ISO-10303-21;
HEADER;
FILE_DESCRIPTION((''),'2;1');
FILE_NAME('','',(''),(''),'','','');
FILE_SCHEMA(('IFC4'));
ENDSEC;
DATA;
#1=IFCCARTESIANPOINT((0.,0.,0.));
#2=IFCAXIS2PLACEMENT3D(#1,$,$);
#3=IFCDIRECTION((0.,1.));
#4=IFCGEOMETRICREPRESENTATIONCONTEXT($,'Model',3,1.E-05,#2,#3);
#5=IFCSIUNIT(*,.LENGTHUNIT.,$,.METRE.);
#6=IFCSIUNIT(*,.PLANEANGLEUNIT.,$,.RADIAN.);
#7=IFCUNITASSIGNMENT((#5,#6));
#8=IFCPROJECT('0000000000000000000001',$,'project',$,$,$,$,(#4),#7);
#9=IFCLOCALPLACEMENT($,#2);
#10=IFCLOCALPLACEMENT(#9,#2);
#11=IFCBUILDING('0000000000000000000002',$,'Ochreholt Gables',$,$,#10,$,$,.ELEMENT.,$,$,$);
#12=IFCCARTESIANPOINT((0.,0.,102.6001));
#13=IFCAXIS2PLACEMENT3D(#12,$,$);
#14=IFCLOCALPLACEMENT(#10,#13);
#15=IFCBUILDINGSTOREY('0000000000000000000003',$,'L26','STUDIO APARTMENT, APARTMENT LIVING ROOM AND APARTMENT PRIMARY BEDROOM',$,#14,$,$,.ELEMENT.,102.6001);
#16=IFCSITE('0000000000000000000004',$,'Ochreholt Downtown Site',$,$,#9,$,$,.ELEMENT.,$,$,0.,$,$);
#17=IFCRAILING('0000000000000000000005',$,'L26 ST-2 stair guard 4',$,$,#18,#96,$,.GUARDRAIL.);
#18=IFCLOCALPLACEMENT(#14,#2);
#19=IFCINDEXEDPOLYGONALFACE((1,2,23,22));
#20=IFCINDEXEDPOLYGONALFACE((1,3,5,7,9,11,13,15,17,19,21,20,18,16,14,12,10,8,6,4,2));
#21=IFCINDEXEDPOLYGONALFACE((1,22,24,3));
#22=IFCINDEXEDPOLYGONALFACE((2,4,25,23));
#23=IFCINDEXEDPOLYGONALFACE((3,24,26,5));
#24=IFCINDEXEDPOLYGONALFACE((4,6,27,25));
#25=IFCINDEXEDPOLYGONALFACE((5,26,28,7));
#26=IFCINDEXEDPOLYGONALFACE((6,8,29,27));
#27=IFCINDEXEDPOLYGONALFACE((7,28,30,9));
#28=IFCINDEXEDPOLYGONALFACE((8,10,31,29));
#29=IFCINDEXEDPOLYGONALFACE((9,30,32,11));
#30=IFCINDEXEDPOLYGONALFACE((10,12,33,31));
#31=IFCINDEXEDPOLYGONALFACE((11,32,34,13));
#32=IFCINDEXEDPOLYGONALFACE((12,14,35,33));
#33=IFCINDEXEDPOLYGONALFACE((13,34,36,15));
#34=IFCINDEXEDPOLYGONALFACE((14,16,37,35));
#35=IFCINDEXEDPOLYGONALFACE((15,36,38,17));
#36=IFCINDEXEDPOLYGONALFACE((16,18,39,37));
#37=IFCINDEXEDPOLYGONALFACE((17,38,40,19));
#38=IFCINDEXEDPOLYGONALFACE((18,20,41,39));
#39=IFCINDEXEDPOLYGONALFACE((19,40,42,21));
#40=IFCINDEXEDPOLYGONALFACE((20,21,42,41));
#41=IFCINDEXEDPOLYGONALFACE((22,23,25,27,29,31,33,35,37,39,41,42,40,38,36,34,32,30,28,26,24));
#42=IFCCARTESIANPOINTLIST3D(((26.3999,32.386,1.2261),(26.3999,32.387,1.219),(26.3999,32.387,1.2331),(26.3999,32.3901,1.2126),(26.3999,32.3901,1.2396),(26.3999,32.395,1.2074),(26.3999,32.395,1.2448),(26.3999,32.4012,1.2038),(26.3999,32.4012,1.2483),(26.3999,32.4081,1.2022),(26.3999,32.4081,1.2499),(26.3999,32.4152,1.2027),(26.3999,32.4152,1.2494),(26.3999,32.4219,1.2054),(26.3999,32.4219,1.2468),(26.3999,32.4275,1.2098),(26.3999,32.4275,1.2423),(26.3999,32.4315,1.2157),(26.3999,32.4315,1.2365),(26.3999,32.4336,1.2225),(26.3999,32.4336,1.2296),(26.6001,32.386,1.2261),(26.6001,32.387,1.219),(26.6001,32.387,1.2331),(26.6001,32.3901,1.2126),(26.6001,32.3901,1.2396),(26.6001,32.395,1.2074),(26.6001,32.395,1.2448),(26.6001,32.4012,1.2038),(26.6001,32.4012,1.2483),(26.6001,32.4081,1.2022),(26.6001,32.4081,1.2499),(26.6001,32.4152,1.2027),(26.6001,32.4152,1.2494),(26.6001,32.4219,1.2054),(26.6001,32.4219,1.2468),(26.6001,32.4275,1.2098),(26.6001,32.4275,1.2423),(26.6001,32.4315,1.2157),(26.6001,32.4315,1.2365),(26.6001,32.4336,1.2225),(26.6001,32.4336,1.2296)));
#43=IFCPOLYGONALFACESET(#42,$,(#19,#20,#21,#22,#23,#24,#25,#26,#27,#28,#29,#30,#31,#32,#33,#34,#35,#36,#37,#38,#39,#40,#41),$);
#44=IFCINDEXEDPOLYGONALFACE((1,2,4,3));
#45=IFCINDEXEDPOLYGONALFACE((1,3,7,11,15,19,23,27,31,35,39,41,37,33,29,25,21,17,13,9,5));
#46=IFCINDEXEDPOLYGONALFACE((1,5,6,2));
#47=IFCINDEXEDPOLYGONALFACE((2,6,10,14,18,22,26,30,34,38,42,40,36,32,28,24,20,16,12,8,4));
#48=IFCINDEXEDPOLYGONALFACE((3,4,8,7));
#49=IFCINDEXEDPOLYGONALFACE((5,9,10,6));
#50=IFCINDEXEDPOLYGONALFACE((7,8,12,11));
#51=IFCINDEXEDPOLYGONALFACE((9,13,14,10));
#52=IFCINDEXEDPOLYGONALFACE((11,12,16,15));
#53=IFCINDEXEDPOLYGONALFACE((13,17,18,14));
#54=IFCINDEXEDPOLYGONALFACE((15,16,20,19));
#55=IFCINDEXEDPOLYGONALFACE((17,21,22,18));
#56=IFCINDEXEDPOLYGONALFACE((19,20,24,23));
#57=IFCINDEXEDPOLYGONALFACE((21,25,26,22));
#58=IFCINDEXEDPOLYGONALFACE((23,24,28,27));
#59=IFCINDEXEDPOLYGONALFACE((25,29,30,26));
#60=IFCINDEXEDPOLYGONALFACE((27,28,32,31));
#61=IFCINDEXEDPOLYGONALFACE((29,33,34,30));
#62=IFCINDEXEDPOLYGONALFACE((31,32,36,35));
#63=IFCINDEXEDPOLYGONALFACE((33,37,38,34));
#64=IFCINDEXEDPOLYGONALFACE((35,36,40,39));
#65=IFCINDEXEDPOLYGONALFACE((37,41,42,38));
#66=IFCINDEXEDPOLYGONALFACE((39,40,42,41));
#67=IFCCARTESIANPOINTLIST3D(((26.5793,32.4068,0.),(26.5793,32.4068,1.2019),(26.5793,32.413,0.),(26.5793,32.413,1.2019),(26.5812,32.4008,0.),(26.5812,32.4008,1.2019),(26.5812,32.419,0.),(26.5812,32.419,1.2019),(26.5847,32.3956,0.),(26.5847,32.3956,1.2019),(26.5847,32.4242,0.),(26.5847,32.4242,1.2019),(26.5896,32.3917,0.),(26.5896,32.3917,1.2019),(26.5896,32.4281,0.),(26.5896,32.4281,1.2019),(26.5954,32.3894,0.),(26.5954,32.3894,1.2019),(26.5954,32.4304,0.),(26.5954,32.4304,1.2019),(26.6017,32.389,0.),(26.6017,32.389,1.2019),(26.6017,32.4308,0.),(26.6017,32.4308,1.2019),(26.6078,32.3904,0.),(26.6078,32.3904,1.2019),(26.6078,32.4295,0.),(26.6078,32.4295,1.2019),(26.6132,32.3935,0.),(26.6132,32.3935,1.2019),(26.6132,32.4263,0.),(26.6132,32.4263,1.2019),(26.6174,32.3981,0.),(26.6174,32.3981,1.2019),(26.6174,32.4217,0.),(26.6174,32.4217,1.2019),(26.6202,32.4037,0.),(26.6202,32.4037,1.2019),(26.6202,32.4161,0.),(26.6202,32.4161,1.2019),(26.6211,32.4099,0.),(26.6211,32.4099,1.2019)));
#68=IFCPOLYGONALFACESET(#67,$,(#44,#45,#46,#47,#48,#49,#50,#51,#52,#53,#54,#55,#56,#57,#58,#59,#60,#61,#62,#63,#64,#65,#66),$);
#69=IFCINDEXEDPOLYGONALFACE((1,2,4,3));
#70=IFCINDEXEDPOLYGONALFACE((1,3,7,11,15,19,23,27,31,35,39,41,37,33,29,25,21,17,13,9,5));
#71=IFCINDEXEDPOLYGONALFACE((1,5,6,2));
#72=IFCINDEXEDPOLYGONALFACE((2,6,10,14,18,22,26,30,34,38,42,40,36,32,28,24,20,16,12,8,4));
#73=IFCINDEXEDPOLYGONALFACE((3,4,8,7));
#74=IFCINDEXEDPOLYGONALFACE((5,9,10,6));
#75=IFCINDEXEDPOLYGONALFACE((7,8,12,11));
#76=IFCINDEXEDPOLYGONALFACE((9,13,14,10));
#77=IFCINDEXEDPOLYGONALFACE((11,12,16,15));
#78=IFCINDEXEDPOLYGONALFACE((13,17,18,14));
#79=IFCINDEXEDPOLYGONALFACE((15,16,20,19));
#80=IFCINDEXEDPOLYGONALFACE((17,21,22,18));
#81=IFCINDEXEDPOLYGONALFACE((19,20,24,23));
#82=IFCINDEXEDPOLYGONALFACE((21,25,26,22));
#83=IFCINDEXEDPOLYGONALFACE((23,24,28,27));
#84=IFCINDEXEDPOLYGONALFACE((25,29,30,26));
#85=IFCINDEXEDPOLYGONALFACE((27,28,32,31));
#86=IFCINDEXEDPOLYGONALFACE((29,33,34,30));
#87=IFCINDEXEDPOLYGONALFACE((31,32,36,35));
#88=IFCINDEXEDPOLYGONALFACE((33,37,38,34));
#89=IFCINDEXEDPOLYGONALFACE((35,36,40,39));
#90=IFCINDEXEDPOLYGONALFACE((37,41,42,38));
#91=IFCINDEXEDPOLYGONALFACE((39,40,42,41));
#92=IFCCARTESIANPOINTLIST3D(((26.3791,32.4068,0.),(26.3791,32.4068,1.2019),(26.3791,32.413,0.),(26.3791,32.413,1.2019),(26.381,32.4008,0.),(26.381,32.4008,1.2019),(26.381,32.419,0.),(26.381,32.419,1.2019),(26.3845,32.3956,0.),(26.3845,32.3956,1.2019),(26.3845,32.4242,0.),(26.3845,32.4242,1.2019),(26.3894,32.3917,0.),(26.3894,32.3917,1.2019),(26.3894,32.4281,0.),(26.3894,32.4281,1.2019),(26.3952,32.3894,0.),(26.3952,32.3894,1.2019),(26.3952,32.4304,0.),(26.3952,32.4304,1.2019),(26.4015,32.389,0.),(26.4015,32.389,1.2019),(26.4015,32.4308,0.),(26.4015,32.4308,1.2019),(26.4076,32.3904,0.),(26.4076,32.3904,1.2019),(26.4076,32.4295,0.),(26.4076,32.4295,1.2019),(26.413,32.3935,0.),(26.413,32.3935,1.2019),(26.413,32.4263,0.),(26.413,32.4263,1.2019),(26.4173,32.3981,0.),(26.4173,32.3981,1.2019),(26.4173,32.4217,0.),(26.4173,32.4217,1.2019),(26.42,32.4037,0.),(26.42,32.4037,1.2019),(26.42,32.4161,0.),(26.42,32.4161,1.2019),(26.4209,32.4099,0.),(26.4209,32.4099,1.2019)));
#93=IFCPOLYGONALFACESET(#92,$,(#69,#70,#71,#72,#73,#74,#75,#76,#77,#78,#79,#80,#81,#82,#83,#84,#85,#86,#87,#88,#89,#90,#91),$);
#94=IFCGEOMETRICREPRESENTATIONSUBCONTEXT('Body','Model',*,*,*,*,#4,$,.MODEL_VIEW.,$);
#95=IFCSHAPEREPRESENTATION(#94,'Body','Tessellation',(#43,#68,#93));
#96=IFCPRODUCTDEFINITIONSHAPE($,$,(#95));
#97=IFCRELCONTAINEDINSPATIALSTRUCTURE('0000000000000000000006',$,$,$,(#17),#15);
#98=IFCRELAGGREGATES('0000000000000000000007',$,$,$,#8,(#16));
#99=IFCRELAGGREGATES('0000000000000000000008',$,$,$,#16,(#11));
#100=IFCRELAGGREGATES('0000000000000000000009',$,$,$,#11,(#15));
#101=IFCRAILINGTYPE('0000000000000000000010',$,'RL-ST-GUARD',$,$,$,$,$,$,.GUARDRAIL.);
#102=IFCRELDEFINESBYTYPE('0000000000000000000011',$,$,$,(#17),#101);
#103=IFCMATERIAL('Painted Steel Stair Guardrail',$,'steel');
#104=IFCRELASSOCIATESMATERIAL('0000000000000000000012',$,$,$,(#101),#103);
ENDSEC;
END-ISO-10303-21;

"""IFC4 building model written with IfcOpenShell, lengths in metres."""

from ifc_helpers import new_model, si_unit, direction, frame, origin, origin_2d, place, context, subcontext, project, spatial, circle, extrude, material, type_object, element, save


model = new_model("IFC4")

# Units and contexts
model_context = context("Model", 3, precision=1e-05, world=origin(), true_north=direction((0.0, 1.0)))
body_context = subcontext(model_context, "Body", "Model", "MODEL_VIEW")
ifc_project = project(units=[si_unit("LENGTHUNIT", "METRE"), si_unit("PLANEANGLEUNIT", "RADIAN")], contexts=[model_context])

# Site, building, storey
site_placement = place(None, origin())
site = spatial("IfcSite", under=ifc_project, at=site_placement, Name="Ochreholt Downtown Site", CompositionType="ELEMENT", RefElevation=0.0)
building_placement = place(site_placement, origin())
building = spatial("IfcBuilding", under=site, at=building_placement, Name="Ochreholt Gables", CompositionType="ELEMENT")
storey_placement = place(building_placement, frame((0.0, 0.0, 102.6001)))
storey = spatial("IfcBuildingStorey", under=building, at=storey_placement, Name="L26", Description="STUDIO APARTMENT, APARTMENT LIVING ROOM AND APARTMENT PRIMARY BEDROOM", CompositionType="ELEMENT", Elevation=102.6001)

# Railing
ifc_material_1 = material(Name="Painted Steel Stair Guardrail", Category="steel")
railing_type_1 = type_object("IfcRailingType", Name="RL-ST-GUARD", PredefinedType="GUARDRAIL", material=ifc_material_1)
railing_1_placement = place(storey_placement, frame((26.6001, 32.4099, 0.0)))
element("IfcRailing", 1, at=railing_1_placement, inside=storey, type_object=railing_type_1, Name="L26 ST-2 stair guard 4", PredefinedType="GUARDRAIL", context=body_context, shape_type="SweptSolid", body=[
    extrude(circle(Radius=0.0239, at=origin_2d()), frame((0.0, 0.0, 1.2261), z_axis=(-1.0, 0.0, 0.0), x_axis=(0.0, -1.0, 0.0)), (0.0, 0.0, 1.0), 0.2002),
    extrude(circle(Radius=0.021, at=origin_2d()), origin(), (0.0, 0.0, 1.0), 1.2019),
    extrude(circle(Radius=0.021, at=origin_2d()), frame((-0.2002, 0.0, 0.0)), (0.0, 0.0, 1.0), 1.2019),
])

save(model, "model.ifc")
